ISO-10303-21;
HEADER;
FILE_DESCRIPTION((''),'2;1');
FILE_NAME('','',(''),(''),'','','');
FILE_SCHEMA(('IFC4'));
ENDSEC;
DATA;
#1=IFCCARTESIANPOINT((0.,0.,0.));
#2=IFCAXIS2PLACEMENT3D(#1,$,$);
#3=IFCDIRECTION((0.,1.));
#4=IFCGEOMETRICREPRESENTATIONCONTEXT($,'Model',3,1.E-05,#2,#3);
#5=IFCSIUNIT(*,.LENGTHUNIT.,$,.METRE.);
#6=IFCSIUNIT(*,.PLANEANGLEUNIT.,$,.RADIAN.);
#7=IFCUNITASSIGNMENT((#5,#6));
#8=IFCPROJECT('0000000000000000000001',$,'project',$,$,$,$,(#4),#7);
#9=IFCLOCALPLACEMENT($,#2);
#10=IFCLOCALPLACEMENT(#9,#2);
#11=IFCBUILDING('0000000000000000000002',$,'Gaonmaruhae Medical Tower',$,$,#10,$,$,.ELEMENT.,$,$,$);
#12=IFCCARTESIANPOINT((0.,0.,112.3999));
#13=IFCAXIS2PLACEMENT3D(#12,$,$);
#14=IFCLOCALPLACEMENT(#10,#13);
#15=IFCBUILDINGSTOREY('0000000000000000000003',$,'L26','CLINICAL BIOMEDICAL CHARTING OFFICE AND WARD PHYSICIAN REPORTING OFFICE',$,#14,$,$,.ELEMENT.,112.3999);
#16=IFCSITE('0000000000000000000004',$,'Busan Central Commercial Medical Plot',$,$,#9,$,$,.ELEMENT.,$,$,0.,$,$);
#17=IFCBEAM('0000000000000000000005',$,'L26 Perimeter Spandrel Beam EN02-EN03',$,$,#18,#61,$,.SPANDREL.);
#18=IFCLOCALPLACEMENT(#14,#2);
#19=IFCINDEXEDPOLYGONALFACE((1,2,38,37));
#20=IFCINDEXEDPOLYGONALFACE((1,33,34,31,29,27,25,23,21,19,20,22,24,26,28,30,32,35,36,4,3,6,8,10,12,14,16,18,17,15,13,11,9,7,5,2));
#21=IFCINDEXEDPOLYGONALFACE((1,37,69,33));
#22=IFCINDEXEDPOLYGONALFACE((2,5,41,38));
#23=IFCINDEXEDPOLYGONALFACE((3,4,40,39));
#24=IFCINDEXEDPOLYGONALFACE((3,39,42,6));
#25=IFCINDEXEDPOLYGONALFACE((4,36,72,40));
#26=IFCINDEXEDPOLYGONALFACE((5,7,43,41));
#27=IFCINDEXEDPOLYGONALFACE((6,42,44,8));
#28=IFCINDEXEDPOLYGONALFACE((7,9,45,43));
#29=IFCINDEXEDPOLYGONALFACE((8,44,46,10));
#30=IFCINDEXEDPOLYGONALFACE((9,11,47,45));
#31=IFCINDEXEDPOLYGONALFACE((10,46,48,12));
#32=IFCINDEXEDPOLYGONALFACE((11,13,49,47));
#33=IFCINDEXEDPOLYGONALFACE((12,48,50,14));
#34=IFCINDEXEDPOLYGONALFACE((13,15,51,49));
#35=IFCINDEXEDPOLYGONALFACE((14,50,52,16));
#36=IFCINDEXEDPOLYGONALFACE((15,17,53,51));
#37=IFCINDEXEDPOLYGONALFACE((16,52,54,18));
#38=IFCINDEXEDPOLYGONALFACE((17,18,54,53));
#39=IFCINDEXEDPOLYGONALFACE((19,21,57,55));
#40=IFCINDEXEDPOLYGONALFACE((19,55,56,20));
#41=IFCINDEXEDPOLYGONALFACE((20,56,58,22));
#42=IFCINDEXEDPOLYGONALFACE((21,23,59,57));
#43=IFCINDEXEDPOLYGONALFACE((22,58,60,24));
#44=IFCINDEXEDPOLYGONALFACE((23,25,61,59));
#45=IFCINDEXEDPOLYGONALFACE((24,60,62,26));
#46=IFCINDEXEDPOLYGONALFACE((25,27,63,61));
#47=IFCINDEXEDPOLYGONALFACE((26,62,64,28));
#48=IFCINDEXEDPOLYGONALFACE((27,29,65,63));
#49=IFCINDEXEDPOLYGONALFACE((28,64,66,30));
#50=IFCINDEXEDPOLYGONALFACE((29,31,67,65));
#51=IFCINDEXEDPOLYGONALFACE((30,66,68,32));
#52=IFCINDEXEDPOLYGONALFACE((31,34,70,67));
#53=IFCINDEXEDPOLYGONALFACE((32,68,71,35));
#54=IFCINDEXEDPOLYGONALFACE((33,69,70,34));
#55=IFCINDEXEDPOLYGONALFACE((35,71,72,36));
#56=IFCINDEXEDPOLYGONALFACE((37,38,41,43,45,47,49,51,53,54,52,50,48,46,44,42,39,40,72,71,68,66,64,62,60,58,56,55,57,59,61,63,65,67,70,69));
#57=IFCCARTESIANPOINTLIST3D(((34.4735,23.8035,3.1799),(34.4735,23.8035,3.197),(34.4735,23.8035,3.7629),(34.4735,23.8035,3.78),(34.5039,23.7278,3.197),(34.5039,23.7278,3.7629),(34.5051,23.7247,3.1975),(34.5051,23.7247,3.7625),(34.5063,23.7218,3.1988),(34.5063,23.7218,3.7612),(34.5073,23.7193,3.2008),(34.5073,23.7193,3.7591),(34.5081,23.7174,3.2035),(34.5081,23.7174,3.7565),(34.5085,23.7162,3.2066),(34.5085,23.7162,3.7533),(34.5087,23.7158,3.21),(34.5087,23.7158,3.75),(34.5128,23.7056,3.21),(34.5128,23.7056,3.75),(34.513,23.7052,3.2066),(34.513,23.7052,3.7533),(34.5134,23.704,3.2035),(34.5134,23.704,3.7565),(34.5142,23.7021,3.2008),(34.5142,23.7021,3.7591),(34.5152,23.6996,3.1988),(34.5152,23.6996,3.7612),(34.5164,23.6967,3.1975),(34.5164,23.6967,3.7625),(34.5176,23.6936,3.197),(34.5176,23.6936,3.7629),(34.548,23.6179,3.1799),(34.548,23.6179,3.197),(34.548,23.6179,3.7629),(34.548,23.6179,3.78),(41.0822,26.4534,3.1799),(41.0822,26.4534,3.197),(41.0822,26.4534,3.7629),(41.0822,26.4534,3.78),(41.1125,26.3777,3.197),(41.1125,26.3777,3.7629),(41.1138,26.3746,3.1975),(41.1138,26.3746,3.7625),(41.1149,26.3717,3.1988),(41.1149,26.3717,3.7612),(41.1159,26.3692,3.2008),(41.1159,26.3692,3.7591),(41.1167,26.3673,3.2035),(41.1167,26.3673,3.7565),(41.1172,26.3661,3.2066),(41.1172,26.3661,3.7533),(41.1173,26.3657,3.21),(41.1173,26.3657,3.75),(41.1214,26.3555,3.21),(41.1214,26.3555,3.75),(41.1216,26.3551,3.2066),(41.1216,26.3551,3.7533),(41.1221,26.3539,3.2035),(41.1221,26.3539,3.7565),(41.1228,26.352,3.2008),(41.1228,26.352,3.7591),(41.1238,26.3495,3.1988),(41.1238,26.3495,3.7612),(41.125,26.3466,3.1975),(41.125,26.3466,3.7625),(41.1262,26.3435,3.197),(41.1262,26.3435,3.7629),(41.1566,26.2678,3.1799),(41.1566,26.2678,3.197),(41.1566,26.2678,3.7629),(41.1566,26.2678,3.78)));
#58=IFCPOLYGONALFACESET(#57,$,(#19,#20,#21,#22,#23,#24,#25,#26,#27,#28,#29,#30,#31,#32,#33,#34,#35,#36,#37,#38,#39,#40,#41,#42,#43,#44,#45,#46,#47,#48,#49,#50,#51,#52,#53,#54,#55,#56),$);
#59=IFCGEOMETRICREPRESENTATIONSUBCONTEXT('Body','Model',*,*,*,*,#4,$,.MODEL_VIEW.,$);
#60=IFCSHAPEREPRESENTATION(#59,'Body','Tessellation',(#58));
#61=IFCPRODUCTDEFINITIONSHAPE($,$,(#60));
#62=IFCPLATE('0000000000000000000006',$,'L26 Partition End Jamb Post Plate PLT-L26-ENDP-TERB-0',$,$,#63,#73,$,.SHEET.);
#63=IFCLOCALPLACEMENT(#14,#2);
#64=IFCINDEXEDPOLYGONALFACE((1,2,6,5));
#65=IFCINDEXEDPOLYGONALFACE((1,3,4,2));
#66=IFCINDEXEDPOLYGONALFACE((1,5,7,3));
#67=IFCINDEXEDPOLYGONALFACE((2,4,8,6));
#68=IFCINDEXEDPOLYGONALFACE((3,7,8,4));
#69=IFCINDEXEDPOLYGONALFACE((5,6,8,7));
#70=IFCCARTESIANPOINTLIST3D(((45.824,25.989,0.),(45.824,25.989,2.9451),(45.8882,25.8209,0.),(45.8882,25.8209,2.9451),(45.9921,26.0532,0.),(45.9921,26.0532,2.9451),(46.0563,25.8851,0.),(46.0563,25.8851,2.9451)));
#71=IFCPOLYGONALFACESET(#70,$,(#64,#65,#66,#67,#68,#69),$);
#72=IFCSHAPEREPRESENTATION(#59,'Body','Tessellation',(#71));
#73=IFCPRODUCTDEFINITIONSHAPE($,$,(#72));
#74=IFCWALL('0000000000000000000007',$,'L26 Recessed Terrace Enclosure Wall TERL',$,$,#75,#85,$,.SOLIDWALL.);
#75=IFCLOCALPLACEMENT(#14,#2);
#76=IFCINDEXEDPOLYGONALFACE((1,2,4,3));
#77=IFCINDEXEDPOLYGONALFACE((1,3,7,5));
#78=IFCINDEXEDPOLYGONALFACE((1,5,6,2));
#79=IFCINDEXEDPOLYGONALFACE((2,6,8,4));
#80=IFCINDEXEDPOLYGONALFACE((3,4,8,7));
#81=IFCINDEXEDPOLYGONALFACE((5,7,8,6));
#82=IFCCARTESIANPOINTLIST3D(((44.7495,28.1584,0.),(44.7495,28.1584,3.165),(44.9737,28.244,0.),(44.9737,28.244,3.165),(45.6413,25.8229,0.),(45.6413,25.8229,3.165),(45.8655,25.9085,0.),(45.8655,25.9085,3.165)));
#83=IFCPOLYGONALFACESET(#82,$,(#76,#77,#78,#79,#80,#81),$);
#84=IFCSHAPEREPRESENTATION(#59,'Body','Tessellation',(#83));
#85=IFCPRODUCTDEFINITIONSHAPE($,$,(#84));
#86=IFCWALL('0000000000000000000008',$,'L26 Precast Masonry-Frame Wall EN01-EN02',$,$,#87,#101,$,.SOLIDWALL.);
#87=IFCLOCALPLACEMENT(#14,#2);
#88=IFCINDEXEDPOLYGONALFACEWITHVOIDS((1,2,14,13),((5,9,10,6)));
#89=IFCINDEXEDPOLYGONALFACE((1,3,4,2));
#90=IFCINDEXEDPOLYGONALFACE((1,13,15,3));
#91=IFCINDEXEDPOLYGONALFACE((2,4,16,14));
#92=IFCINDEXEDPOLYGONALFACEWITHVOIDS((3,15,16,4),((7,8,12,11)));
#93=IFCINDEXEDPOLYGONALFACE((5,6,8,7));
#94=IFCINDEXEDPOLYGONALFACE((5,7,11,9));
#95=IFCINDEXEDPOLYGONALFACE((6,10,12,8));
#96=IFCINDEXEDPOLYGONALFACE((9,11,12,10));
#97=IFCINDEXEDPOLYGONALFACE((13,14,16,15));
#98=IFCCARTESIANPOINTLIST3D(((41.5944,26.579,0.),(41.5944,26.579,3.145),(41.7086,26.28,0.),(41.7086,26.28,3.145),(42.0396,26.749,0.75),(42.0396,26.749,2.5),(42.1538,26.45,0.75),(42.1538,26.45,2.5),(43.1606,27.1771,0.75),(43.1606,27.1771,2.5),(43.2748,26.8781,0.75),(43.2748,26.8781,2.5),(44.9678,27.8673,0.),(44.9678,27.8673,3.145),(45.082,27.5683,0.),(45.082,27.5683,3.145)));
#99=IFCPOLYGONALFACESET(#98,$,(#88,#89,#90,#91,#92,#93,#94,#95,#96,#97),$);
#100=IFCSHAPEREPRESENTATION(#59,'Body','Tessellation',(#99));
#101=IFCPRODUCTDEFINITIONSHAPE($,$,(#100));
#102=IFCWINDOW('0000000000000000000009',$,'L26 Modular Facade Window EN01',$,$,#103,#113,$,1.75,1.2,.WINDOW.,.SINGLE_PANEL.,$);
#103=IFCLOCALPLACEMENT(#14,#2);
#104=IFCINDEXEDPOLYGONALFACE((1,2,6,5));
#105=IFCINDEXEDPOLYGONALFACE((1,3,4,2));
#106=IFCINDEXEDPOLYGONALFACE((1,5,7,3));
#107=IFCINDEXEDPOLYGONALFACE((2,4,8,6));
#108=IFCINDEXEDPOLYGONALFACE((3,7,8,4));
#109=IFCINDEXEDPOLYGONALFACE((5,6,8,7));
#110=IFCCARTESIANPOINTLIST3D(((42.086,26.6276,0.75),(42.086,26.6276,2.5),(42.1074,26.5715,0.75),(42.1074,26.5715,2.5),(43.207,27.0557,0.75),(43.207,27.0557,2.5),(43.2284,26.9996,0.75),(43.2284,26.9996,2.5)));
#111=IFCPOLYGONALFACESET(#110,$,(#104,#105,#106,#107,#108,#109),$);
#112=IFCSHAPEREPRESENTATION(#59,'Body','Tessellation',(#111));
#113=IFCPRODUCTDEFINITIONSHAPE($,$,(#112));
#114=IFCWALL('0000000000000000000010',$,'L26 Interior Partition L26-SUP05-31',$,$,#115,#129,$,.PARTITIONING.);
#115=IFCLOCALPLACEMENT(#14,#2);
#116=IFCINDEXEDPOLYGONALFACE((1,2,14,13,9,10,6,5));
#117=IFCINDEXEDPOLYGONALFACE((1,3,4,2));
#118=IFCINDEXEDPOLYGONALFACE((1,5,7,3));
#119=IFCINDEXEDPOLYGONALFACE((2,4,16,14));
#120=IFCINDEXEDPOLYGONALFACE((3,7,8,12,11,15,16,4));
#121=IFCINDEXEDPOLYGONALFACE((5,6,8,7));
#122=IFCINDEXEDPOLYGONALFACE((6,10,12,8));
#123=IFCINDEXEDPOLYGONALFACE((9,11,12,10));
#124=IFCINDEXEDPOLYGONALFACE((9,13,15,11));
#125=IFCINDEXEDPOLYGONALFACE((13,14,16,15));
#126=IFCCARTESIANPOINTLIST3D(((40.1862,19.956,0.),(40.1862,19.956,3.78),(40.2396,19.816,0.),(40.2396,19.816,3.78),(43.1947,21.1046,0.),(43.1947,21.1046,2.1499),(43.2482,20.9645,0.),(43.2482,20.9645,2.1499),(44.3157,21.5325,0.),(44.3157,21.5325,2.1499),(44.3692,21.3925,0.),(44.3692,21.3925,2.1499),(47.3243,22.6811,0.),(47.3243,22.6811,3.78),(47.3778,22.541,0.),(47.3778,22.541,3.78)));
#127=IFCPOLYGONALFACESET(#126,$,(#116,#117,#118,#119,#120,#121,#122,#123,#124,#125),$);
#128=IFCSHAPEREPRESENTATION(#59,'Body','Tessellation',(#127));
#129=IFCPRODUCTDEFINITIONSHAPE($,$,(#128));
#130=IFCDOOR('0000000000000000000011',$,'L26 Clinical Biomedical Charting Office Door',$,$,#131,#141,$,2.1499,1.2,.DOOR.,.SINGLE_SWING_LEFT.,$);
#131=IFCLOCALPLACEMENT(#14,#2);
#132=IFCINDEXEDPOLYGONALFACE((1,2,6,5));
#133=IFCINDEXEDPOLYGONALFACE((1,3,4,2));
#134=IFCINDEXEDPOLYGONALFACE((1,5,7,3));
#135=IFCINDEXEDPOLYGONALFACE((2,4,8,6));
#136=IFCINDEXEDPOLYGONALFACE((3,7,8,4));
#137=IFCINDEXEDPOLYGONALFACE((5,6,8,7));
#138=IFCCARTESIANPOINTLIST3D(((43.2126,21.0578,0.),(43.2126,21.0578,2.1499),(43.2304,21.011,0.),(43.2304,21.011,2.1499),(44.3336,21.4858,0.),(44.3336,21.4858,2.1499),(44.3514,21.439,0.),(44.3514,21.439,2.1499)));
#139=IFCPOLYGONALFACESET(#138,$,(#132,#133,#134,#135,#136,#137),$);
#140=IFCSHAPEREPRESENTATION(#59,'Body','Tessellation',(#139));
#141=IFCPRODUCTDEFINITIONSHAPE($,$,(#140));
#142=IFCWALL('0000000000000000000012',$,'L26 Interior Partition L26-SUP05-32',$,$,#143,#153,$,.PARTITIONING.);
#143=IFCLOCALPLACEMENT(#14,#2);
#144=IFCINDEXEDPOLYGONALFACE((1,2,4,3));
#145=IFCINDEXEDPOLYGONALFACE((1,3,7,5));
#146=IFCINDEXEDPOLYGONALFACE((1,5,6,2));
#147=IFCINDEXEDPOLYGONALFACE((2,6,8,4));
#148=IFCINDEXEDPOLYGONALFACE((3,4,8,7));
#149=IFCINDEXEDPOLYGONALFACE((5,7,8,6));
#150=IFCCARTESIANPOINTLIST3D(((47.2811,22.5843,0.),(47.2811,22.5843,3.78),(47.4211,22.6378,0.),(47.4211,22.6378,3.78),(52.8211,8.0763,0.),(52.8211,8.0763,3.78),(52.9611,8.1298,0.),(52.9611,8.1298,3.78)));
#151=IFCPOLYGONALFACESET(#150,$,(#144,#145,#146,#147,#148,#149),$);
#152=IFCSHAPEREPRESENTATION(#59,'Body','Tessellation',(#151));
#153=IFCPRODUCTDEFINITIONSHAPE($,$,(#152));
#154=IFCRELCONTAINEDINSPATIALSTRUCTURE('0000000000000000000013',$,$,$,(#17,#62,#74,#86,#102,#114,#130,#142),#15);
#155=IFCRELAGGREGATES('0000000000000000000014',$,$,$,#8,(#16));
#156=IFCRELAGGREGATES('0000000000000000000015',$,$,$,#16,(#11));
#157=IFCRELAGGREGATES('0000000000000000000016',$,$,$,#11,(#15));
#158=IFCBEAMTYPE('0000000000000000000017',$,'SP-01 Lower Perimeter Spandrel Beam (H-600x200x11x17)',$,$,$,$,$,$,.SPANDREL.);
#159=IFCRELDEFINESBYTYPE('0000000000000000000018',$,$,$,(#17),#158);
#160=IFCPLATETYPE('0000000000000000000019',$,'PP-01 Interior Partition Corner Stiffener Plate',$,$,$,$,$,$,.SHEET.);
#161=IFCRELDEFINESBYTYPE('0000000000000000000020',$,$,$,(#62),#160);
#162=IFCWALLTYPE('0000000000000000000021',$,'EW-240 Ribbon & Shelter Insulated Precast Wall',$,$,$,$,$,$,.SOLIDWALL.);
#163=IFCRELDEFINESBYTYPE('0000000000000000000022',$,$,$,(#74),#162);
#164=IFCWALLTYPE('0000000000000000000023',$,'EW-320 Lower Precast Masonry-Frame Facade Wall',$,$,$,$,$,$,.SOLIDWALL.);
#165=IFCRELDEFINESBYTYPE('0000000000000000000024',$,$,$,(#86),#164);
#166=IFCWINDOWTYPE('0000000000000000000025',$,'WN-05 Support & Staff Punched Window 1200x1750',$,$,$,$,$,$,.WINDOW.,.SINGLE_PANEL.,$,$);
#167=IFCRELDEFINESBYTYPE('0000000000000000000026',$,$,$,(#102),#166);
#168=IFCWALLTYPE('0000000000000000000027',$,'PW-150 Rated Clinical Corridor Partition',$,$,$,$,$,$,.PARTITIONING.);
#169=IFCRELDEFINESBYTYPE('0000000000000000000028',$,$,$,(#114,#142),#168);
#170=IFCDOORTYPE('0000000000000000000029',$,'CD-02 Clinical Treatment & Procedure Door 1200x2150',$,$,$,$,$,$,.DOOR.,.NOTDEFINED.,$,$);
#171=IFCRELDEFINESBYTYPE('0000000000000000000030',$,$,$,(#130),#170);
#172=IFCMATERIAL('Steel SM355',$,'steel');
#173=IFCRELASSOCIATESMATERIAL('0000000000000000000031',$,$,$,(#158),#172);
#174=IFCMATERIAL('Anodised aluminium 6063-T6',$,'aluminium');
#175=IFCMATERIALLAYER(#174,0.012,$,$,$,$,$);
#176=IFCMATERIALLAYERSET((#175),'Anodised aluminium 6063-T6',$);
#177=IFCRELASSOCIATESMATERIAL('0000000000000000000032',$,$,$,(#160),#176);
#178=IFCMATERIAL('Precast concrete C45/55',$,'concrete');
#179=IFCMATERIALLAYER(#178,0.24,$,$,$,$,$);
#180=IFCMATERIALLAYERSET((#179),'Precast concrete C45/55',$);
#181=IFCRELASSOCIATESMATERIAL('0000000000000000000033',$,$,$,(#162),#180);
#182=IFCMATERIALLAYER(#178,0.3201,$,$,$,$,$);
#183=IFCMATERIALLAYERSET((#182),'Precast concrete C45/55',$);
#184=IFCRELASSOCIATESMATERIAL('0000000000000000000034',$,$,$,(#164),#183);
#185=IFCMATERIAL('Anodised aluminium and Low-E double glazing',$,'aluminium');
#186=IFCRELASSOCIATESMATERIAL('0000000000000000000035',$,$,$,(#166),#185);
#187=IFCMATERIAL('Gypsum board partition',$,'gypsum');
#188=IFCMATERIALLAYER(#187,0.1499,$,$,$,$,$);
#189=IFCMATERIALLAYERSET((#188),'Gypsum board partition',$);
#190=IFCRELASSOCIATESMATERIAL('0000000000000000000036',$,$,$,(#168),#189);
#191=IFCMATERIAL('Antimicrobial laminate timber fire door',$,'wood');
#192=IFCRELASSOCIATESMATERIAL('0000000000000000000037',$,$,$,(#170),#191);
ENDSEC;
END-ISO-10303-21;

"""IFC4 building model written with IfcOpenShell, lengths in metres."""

from ifc_helpers import new_model, si_unit, direction, frame, frame_2d, origin, origin_2d, place, context, subcontext, project, spatial, rectangle, i_section, extrude, material, layer, layer_set, material_profile, profile_set, type_object, element, fill, save


model = new_model("IFC4")

# Units and contexts
model_context = context("Model", 3, precision=1e-05, world=origin(), true_north=direction((0.0, 1.0)))
body_context = subcontext(model_context, "Body", "Model", "MODEL_VIEW")
ifc_project = project(units=[si_unit("LENGTHUNIT", "METRE"), si_unit("PLANEANGLEUNIT", "RADIAN")], contexts=[model_context])

# Site, building, storey
site_placement = place(None, origin())
site = spatial("IfcSite", under=ifc_project, at=site_placement, Name="Busan Central Commercial Medical Plot", CompositionType="ELEMENT", RefElevation=0.0)
building_placement = place(site_placement, origin())
building = spatial("IfcBuilding", under=site, at=building_placement, Name="Gaonmaruhae Medical Tower", CompositionType="ELEMENT")
storey_placement = place(building_placement, frame((0.0, 0.0, 112.3999)))
storey = spatial("IfcBuildingStorey", under=building, at=storey_placement, Name="L26", Description="CLINICAL BIOMEDICAL CHARTING OFFICE AND WARD PHYSICIAN REPORTING OFFICE", CompositionType="ELEMENT", Elevation=112.3999)

# Beam
ifc_material_1 = material(Name="Steel SM355", Category="steel")
ifc_material_profile_1 = material_profile(ifc_material_1, i_section(OverallWidth=0.2, OverallDepth=0.6001, WebThickness=0.011, FlangeThickness=0.0171, FilletRadius=0.0129, at=origin_2d()), Name="H-600x200x11x17")
ifc_profile_set_1 = profile_set([ifc_material_profile_1], Name="Steel SM355")
beam_type_1 = type_object("IfcBeamType", Name="SP-01 Lower Perimeter Spandrel Beam (H-600x200x11x17)", PredefinedType="SPANDREL", material=ifc_profile_set_1)
beam_1_placement = place(storey_placement, frame((41.1194, 26.3606, 3.48), z_axis=(-0.928164, -0.372171, 0.0), x_axis=(0.372171, -0.928164, 0.0)))
element("IfcBeam", 1, at=beam_1_placement, inside=storey, type_object=beam_type_1, Name="L26 Perimeter Spandrel Beam EN02-EN03", PredefinedType="SPANDREL", context=body_context, shape_type="SweptSolid", body=[
    extrude(i_section(OverallWidth=0.2, OverallDepth=0.6001, WebThickness=0.011, FlangeThickness=0.0171, FilletRadius=0.0129, at=origin_2d()), origin(), (0.0, 0.0, 1.0), 7.1201),
])

# Plate
ifc_material_2 = material(Name="Anodised aluminium 6063-T6", Category="aluminium")
ifc_layer_1 = layer(ifc_material_2, 0.012)
ifc_layer_set_1 = layer_set([ifc_layer_1], Name="Anodised aluminium 6063-T6")
plate_type = type_object("IfcPlateType", Name="PP-01 Interior Partition Corner Stiffener Plate", PredefinedType="SHEET", material=ifc_layer_set_1)
plate_placement = place(storey_placement, frame((45.9402, 25.937, 0.0), z_axis=(0.0, 0.0, 1.0), x_axis=(0.934204, 0.356738, 0.0)))
element("IfcPlate", 2, at=plate_placement, inside=storey, type_object=plate_type, Name="L26 Partition End Jamb Post Plate PLT-L26-ENDP-TERB-0", PredefinedType="SHEET", context=body_context, shape_type="SweptSolid", body=[
    extrude(rectangle(XDim=0.1799, YDim=0.1799, at=origin_2d()), origin(), (0.0, 0.0, 1.0), 2.9451),
])

# Shared definitions
ifc_material_3 = material(Name="Precast concrete C45/55", Category="concrete")
ifc_layer_2 = layer(ifc_material_3, 0.24)
ifc_layer_set_2 = layer_set([ifc_layer_2], Name="Precast concrete C45/55")
wall_type_1 = type_object("IfcWallType", Name="EW-240 Ribbon & Shelter Insulated Precast Wall", PredefinedType="SOLIDWALL", material=ifc_layer_set_2)

# Wall
wall_1_placement = place(storey_placement, frame((44.8616, 28.2012, 0.0), z_axis=(0.0, 0.0, 1.0), x_axis=(0.356747, -0.934201, 0.0)))
element("IfcWall", 3, at=wall_1_placement, inside=storey, type_object=wall_type_1, Name="L26 Recessed Terrace Enclosure Wall TERL", PredefinedType="SOLIDWALL", context=body_context, shape_type="SweptSolid", body=[
    extrude(rectangle(XDim=2.5, YDim=0.24, at=frame_2d((1.25, 0.0))), origin(), (0.0, 0.0, 1.0), 3.165),
])

# Wall, opening, window
ifc_layer_3 = layer(ifc_material_3, 0.3201)
ifc_layer_set_3 = layer_set([ifc_layer_3], Name="Precast concrete C45/55")
wall_type_2 = type_object("IfcWallType", Name="EW-320 Lower Precast Masonry-Frame Facade Wall", PredefinedType="SOLIDWALL", material=ifc_layer_set_3)
wall_2_placement = place(storey_placement, frame((41.6514, 26.4294, 0.0), z_axis=(0.0, 0.0, 1.0), x_axis=(0.934195, 0.356763, 0.0)))
wall_2 = element("IfcWall", 4, at=wall_2_placement, inside=storey, type_object=wall_type_2, Name="L26 Precast Masonry-Frame Wall EN01-EN02", PredefinedType="SOLIDWALL", context=body_context, shape_type="SweptSolid", body=[
    extrude(rectangle(XDim=3.6111, YDim=0.3201, at=frame_2d((1.8057, 0.0))), origin(), (0.0, 0.0, 1.0), 3.145),
])
opening_1_placement = place(wall_2_placement, frame((0.4766, 0.0, 0.75)))
opening_1 = element("IfcOpeningElement", 5, at=opening_1_placement, cuts=wall_2, PredefinedType="OPENING", context=body_context, shape_type="SweptSolid", body=[
    extrude(rectangle(XDim=1.2, YDim=1.75, at=frame_2d((0.6001, 0.875))), frame((0.0, 0.1699, 0.0), z_axis=(0.0, -1.0, 0.0), x_axis=(1.0, 0.0, 0.0)), (0.0, 0.0, 1.0), 0.3401),
])
ifc_material_4 = material(Name="Anodised aluminium and Low-E double glazing", Category="aluminium")
window_type = type_object("IfcWindowType", Name="WN-05 Support & Staff Punched Window 1200x1750", PartitioningType="SINGLE_PANEL", PredefinedType="WINDOW", material=ifc_material_4)
window_placement = place(opening_1_placement, origin())
window = element("IfcWindow", 6, at=window_placement, inside=storey, type_object=window_type, Name="L26 Modular Facade Window EN01", OverallHeight=1.75, OverallWidth=1.2, PartitioningType="SINGLE_PANEL", PredefinedType="WINDOW", context=body_context, shape_type="SweptSolid", body=[
    extrude(rectangle(XDim=1.2, YDim=1.75, at=frame_2d((0.6001, 0.875))), frame((0.0, 0.03, 0.0), z_axis=(0.0, -1.0, 0.0), x_axis=(1.0, 0.0, 0.0)), (0.0, 0.0, 1.0), 0.0601),
])
fill(opening_1, window)

# Wall, opening, door
ifc_material_5 = material(Name="Gypsum board partition", Category="gypsum")
ifc_layer_4 = layer(ifc_material_5, 0.1499)
ifc_layer_set_4 = layer_set([ifc_layer_4], Name="Gypsum board partition")
wall_type_3 = type_object("IfcWallType", Name="PW-150 Rated Clinical Corridor Partition", PredefinedType="PARTITIONING", material=ifc_layer_set_4)
wall_3_placement = place(storey_placement, frame((40.2129, 19.886, 0.0), z_axis=(0.0, 0.0, 1.0), x_axis=(0.934235, 0.356657, 0.0)))
wall_3 = element("IfcWall", 7, at=wall_3_placement, inside=storey, type_object=wall_type_3, Name="L26 Interior Partition L26-SUP05-31", PredefinedType="PARTITIONING", context=body_context, shape_type="SweptSolid", body=[
    extrude(rectangle(XDim=7.6406, YDim=0.1499, at=frame_2d((3.8203, 0.0))), origin(), (0.0, 0.0, 1.0), 3.78),
])
opening_2_placement = place(wall_3_placement, frame((3.2202, 0.0, 0.0)))
opening_2 = element("IfcOpeningElement", 8, at=opening_2_placement, cuts=wall_3, PredefinedType="OPENING", context=body_context, shape_type="SweptSolid", body=[
    extrude(rectangle(XDim=1.2, YDim=2.1499, at=frame_2d((0.6001, 1.075))), frame((0.0, 0.085, 0.0), z_axis=(0.0, -1.0, 0.0), x_axis=(1.0, 0.0, 0.0)), (0.0, 0.0, 1.0), 0.1699),
])
ifc_material_6 = material(Name="Antimicrobial laminate timber fire door", Category="wood")
door_type_1 = type_object("IfcDoorType", Name="CD-02 Clinical Treatment & Procedure Door 1200x2150", OperationType="NOTDEFINED", PredefinedType="DOOR", material=ifc_material_6)
door_1_placement = place(opening_2_placement, origin())
door_1 = element("IfcDoor", 9, at=door_1_placement, inside=storey, type_object=door_type_1, Name="L26 Clinical Biomedical Charting Office Door", OperationType="SINGLE_SWING_LEFT", OverallHeight=2.1499, OverallWidth=1.2, PredefinedType="DOOR", context=body_context, shape_type="SweptSolid", body=[
    extrude(rectangle(XDim=1.2, YDim=2.1499, at=frame_2d((0.6001, 1.075))), frame((0.0, 0.0249, 0.0), z_axis=(0.0, -1.0, 0.0), x_axis=(1.0, 0.0, 0.0)), (0.0, 0.0, 1.0), 0.05),
])
fill(opening_2, door_1)

# Wall
wall_4_placement = place(storey_placement, frame((47.3511, 22.6111, 0.0), z_axis=(0.0, 0.0, 1.0), x_axis=(0.356735, -0.934206, 0.0)))
element("IfcWall", 10, at=wall_4_placement, inside=storey, type_object=wall_type_3, Name="L26 Interior Partition L26-SUP05-32", PredefinedType="PARTITIONING", context=body_context, shape_type="SweptSolid", body=[
    extrude(rectangle(XDim=15.5298, YDim=0.1499, at=frame_2d((7.7649, 0.0))), origin(), (0.0, 0.0, 1.0), 3.78),
])

save(model, "model.ifc")
